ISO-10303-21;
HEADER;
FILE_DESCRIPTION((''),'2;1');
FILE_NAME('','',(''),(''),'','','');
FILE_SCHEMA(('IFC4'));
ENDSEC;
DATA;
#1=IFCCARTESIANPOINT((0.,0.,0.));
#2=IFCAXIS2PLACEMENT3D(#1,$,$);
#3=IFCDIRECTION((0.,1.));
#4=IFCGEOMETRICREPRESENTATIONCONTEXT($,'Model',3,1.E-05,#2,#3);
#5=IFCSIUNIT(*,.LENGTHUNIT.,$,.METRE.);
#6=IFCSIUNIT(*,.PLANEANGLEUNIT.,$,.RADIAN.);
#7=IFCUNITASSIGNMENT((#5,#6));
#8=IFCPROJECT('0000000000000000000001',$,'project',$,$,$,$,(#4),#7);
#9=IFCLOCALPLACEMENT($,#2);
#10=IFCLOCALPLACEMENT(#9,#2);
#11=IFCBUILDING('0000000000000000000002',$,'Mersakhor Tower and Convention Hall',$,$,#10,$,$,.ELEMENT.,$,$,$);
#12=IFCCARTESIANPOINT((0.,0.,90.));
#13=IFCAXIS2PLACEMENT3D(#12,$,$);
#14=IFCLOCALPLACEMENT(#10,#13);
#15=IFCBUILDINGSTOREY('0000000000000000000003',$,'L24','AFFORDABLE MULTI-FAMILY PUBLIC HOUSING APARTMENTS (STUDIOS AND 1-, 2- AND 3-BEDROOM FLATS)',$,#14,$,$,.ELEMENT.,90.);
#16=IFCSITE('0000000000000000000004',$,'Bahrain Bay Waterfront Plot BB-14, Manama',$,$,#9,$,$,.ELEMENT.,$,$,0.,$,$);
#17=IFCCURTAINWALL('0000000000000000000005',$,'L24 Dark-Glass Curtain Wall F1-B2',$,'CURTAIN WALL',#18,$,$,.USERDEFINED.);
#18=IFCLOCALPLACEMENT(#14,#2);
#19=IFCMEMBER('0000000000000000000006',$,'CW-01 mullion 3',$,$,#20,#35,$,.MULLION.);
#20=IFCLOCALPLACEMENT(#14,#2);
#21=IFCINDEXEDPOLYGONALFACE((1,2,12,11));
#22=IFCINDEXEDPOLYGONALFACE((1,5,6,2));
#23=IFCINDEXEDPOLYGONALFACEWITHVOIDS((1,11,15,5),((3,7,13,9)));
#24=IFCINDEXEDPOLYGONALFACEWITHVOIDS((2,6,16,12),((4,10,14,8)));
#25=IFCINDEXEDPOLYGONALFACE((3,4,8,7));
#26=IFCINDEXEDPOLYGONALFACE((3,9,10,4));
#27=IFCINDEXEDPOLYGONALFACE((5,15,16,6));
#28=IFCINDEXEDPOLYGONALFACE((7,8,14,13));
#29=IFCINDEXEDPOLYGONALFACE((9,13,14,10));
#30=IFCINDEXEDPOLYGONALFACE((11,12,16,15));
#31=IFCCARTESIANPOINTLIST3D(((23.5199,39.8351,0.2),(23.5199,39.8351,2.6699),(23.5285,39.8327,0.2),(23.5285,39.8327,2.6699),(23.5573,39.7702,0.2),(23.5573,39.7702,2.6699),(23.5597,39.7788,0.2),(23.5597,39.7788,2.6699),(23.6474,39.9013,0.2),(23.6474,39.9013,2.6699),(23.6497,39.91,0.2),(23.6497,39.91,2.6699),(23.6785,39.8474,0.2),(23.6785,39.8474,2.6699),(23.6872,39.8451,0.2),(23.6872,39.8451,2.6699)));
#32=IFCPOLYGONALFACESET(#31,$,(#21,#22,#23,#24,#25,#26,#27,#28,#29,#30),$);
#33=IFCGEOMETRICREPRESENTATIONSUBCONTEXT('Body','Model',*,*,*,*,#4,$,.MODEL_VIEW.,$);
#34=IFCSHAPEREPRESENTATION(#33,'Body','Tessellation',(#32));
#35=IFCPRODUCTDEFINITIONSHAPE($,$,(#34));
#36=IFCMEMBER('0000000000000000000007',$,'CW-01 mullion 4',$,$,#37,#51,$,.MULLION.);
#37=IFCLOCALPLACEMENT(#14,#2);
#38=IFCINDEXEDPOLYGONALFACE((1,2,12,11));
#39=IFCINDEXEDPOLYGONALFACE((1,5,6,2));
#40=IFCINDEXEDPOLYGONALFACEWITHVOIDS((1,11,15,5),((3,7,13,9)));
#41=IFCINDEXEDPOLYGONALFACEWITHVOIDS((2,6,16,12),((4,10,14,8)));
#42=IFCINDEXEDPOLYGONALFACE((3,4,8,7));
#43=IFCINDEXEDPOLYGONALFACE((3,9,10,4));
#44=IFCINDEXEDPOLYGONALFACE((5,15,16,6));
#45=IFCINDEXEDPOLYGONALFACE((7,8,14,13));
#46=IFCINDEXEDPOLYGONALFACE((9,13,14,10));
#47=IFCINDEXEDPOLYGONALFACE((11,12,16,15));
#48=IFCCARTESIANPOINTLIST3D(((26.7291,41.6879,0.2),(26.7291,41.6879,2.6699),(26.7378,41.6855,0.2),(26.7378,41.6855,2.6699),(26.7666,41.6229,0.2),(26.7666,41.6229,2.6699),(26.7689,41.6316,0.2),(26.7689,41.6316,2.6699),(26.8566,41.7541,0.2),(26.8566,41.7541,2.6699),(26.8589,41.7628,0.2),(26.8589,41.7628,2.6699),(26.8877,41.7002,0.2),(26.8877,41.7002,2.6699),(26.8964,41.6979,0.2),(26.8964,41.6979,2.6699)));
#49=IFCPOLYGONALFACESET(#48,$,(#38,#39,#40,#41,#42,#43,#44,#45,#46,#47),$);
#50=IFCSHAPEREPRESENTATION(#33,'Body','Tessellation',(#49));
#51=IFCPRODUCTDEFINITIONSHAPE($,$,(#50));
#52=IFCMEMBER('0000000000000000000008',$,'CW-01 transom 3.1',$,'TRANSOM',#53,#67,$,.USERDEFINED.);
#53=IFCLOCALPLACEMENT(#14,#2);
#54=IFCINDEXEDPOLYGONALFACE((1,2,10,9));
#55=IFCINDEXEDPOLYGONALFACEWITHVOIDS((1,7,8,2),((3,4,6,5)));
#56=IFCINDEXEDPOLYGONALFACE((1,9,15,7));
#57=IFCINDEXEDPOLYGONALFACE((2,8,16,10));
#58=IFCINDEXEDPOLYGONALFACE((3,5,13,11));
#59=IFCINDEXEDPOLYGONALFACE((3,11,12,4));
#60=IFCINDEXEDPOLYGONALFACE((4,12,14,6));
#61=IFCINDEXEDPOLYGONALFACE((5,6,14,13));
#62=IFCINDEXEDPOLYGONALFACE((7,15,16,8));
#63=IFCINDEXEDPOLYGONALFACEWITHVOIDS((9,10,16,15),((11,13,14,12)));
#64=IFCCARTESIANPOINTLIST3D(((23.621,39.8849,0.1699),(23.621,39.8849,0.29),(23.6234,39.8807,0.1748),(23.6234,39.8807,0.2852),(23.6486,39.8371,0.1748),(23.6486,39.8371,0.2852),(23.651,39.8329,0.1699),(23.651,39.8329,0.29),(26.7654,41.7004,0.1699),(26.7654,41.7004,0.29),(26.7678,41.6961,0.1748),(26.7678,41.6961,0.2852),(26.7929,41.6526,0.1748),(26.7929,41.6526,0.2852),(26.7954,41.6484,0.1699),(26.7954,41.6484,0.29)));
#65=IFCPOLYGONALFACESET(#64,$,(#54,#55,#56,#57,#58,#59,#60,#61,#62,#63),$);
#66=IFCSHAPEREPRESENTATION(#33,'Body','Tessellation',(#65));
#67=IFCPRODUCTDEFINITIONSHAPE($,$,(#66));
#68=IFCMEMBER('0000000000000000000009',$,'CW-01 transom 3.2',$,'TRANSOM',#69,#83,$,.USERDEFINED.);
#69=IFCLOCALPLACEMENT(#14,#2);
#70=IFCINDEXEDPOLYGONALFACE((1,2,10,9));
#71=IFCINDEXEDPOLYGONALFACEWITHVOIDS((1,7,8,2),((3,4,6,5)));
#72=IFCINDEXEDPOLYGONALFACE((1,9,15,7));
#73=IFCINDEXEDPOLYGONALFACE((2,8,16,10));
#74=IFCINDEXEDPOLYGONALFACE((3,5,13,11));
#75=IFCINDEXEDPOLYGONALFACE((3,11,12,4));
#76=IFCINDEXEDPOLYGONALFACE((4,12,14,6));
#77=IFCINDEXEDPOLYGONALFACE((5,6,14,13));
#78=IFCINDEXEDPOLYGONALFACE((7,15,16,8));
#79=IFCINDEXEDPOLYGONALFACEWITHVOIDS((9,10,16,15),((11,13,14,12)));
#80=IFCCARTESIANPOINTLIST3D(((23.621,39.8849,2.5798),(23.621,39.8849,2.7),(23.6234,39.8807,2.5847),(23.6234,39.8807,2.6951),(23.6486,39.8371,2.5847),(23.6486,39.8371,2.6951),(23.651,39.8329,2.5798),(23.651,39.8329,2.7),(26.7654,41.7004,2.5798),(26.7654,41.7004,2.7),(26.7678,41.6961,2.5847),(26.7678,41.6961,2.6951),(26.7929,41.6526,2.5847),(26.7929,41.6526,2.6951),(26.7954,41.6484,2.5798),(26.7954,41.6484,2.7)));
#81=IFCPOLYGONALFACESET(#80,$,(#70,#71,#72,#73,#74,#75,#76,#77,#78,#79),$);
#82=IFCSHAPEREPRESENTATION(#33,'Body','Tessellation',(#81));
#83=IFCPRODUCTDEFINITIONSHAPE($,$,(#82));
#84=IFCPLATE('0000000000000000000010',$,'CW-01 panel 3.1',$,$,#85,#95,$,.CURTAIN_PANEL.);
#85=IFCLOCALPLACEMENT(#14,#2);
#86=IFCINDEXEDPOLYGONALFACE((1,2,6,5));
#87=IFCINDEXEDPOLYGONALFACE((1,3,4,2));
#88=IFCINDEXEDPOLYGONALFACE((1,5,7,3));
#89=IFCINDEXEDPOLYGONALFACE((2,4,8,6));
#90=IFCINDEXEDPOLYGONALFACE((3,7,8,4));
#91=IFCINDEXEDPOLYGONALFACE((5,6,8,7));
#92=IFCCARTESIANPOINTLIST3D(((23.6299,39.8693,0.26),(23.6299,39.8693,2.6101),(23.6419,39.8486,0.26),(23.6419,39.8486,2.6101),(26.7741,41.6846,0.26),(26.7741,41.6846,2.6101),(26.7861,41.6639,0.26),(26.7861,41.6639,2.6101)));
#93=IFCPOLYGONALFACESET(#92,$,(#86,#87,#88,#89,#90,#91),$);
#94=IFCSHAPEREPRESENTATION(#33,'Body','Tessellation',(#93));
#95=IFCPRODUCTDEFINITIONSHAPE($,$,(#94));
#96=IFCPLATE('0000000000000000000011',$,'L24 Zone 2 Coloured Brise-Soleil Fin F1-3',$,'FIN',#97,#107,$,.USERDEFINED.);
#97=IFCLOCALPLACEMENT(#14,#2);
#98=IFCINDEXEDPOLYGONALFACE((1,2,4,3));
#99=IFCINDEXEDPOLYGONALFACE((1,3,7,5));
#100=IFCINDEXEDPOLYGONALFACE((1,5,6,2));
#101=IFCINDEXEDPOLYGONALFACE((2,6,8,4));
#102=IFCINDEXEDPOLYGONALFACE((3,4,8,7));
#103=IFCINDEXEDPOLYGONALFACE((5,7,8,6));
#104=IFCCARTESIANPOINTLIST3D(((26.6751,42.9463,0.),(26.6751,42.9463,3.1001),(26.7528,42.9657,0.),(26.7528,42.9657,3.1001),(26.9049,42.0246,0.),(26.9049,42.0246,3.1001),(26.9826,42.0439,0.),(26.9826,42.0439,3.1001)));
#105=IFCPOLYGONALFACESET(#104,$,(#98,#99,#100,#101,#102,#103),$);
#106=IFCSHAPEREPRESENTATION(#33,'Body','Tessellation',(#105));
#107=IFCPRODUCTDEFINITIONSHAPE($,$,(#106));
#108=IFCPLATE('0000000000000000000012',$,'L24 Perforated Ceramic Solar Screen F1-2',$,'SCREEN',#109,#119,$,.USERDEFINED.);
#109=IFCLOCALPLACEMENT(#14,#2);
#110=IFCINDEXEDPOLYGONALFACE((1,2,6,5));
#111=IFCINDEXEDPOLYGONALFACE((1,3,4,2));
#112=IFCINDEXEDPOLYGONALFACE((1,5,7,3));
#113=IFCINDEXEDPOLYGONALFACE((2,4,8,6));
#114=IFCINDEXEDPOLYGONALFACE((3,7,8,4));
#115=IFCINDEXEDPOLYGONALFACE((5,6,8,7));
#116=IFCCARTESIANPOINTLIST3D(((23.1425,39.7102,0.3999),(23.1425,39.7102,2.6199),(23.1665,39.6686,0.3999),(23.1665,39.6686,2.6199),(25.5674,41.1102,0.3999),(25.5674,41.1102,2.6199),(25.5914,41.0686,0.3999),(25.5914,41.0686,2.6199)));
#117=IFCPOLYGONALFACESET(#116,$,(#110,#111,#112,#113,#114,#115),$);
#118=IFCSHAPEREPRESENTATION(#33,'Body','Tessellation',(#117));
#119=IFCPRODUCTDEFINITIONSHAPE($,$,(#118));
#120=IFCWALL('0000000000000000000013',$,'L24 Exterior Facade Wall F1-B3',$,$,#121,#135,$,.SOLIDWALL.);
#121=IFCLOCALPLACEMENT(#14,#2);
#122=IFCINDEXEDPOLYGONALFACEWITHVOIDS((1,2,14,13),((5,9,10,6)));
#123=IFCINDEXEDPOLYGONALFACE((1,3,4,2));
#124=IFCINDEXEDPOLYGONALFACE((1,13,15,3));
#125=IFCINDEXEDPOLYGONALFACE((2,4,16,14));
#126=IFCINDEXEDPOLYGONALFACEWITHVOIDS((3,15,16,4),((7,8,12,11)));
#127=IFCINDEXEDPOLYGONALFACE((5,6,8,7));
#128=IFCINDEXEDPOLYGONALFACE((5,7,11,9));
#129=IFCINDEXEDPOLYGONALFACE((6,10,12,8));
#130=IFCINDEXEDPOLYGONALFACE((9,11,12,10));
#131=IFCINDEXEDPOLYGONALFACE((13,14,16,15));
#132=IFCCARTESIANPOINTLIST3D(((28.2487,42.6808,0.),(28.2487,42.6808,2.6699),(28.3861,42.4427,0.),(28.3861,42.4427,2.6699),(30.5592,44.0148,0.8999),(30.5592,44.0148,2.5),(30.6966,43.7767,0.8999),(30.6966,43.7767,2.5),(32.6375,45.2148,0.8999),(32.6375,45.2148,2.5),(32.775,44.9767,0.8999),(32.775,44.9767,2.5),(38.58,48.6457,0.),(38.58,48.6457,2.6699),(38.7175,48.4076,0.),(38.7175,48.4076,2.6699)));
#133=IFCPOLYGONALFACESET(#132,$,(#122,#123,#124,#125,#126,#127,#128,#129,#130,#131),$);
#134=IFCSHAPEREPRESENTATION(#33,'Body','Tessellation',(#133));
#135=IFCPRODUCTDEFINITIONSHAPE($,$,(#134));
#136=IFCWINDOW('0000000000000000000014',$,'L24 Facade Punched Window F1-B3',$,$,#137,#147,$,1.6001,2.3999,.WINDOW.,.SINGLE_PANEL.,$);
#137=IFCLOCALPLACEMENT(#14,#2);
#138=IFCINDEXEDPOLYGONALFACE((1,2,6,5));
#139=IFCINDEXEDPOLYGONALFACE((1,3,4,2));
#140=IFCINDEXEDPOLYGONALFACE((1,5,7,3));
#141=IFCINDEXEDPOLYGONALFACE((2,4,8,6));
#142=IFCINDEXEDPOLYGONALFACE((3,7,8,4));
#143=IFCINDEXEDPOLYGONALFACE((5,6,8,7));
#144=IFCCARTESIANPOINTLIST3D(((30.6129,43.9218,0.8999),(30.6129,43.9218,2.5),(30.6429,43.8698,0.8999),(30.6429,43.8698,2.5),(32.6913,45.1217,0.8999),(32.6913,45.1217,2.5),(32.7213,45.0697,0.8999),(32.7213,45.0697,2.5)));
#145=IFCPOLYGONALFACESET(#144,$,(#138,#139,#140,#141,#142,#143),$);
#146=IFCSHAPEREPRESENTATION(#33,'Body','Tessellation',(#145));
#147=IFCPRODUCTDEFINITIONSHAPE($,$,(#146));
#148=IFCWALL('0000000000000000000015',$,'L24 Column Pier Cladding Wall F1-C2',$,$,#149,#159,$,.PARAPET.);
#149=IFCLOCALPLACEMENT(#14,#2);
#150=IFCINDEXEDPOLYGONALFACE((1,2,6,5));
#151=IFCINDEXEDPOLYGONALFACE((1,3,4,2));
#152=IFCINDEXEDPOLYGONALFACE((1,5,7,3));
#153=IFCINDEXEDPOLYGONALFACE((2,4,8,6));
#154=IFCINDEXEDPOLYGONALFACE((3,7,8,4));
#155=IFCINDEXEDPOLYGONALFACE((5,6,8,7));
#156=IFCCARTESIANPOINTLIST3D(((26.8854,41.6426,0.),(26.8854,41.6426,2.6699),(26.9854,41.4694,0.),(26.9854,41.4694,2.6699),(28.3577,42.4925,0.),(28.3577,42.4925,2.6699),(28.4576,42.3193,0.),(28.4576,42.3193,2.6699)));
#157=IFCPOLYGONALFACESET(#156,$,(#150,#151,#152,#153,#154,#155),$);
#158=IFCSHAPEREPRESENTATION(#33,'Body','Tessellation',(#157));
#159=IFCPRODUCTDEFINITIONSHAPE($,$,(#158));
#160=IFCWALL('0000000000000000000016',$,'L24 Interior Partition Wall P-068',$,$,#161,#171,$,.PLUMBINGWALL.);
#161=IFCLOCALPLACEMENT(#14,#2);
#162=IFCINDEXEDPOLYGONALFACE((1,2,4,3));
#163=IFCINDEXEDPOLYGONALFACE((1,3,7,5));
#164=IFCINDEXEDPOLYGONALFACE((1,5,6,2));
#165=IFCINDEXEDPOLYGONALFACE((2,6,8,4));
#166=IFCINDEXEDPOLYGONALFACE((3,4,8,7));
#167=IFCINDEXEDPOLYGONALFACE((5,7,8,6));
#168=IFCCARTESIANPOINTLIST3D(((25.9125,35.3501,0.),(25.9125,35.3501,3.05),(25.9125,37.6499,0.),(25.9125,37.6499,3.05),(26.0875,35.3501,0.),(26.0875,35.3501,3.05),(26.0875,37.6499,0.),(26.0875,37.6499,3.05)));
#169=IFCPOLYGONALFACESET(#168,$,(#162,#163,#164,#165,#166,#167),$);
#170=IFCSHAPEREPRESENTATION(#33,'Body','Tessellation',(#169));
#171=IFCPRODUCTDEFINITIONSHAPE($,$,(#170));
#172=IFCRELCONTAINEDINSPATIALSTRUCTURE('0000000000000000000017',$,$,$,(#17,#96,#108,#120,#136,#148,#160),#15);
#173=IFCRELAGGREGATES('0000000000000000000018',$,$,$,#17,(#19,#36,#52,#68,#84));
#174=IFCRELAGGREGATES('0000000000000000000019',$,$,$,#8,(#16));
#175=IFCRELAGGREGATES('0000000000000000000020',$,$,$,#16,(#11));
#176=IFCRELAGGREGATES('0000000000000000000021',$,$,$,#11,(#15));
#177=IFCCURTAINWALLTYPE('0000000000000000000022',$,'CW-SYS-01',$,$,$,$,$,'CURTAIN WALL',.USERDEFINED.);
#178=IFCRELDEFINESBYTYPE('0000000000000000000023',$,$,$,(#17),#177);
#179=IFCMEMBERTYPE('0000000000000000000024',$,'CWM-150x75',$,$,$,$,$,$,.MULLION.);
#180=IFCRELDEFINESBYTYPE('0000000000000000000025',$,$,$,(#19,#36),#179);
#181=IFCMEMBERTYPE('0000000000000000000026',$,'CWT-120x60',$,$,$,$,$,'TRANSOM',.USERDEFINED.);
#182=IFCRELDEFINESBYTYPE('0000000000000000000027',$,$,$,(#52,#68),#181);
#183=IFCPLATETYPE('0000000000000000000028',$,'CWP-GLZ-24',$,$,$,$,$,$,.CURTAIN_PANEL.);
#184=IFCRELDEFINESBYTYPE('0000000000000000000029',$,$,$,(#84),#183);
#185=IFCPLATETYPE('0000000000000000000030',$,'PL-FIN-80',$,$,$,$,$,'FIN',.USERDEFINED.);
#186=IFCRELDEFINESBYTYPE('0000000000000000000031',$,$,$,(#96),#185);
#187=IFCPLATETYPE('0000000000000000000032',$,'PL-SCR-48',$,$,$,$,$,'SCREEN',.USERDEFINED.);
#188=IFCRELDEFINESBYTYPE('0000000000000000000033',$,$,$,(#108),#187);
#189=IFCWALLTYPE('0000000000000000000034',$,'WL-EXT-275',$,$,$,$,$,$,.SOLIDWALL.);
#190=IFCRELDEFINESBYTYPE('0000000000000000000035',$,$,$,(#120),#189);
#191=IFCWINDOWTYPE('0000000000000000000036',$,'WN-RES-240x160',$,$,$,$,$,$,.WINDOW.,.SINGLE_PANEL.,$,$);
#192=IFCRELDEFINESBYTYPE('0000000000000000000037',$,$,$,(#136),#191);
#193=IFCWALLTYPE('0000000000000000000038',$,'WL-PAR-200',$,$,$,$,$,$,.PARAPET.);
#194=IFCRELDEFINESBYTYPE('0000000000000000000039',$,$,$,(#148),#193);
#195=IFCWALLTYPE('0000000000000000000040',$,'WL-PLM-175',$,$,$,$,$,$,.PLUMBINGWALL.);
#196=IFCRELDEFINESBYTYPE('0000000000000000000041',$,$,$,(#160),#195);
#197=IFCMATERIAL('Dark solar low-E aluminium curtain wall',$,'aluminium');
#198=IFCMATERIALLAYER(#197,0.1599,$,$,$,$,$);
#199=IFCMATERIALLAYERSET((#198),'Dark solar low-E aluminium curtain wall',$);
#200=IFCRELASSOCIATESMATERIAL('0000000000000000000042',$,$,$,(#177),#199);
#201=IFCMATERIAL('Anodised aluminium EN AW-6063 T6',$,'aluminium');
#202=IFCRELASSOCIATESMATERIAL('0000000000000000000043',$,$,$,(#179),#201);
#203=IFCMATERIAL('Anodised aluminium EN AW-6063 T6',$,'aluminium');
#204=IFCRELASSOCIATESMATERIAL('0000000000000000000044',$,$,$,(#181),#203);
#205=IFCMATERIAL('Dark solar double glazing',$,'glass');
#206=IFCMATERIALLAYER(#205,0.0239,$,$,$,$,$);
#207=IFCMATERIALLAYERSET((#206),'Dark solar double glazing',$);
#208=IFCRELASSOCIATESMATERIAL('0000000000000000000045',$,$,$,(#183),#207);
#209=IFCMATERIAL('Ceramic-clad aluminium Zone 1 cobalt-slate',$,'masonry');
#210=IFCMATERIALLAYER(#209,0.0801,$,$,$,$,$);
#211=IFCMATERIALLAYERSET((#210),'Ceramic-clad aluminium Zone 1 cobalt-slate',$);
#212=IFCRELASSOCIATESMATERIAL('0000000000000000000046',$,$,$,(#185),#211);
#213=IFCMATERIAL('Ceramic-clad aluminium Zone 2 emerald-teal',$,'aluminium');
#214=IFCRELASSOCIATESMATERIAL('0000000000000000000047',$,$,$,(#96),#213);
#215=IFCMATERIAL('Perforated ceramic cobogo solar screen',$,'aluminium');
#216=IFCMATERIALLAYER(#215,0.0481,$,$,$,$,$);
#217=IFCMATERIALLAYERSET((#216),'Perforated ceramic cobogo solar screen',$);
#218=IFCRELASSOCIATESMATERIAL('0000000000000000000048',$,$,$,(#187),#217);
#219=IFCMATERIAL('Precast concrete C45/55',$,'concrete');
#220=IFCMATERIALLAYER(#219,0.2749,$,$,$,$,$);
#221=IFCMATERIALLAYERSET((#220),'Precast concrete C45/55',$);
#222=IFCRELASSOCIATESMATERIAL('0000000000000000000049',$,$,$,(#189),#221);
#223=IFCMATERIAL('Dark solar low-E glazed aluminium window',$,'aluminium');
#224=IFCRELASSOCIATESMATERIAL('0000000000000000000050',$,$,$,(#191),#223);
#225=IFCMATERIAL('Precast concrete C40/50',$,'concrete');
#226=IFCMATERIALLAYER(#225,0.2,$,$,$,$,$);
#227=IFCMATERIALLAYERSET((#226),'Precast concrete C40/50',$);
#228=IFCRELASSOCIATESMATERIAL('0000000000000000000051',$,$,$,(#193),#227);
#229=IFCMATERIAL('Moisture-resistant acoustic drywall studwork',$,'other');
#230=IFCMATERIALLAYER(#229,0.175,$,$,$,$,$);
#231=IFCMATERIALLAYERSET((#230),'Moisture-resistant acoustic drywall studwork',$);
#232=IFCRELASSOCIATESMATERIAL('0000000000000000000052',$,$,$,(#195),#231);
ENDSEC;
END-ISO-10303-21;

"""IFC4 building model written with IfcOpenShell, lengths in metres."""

from ifc_helpers import new_model, si_unit, direction, frame, frame_2d, origin, origin_2d, place, context, subcontext, project, spatial, rectangle, hollow_rectangle, extrude, material, layer, layer_set, material_profile, profile_set, type_object, element, fill, aggregate, save


model = new_model("IFC4")

# Units and contexts
model_context = context("Model", 3, precision=1e-05, world=origin(), true_north=direction((0.0, 1.0)))
body_context = subcontext(model_context, "Body", "Model", "MODEL_VIEW")
ifc_project = project(units=[si_unit("LENGTHUNIT", "METRE"), si_unit("PLANEANGLEUNIT", "RADIAN")], contexts=[model_context])

# Site, building, storey
site_placement = place(None, origin())
site = spatial("IfcSite", under=ifc_project, at=site_placement, Name="Bahrain Bay Waterfront Plot BB-14, Manama", CompositionType="ELEMENT", RefElevation=0.0)
building_placement = place(site_placement, origin())
building = spatial("IfcBuilding", under=site, at=building_placement, Name="Mersakhor Tower and Convention Hall", CompositionType="ELEMENT")
storey_placement = place(building_placement, frame((0.0, 0.0, 90.0)))
storey = spatial("IfcBuildingStorey", under=building, at=storey_placement, Name="L24", Description="AFFORDABLE MULTI-FAMILY PUBLIC HOUSING APARTMENTS (STUDIOS AND 1-, 2- AND 3-BEDROOM FLATS)", CompositionType="ELEMENT", Elevation=90.0)

# Curtain wall, members, plate
ifc_material_1 = material(Name="Dark solar low-E aluminium curtain wall", Category="aluminium")
ifc_layer_1 = layer(ifc_material_1, 0.1599)
ifc_layer_set_1 = layer_set([ifc_layer_1], Name="Dark solar low-E aluminium curtain wall")
curtain_wall_type = type_object("IfcCurtainWallType", Name="CW-SYS-01", ElementType="CURTAIN WALL", PredefinedType="USERDEFINED", material=ifc_layer_set_1)
curtain_wall_placement = place(storey_placement, origin())
curtain_wall = element("IfcCurtainWall", 1, at=curtain_wall_placement, inside=storey, type_object=curtain_wall_type, Name="L24 Dark-Glass Curtain Wall F1-B2", ObjectType="CURTAIN WALL", PredefinedType="USERDEFINED")
ifc_material_2 = material(Name="Anodised aluminium EN AW-6063 T6", Category="aluminium")
ifc_material_profile_1 = material_profile(ifc_material_2, hollow_rectangle(XDim=0.075, YDim=0.1499, WallThickness=0.0063, at=origin_2d()), Name="RHS 150x75x6.3")
ifc_profile_set_1 = profile_set([ifc_material_profile_1], Name="Anodised aluminium EN AW-6063 T6")
member_type_1 = type_object("IfcMemberType", Name="CWM-150x75", PredefinedType="MULLION", material=ifc_profile_set_1)
member_1_placement = place(storey_placement, frame((23.6035, 39.8401, 0.2), z_axis=(0.0, 0.0, 1.0), x_axis=(-0.499998, 0.866027, 0.0)))
member_1 = element("IfcMember", 2, at=member_1_placement, type_object=member_type_1, Name="CW-01 mullion 3", PredefinedType="MULLION", context=body_context, shape_type="SweptSolid", body=[
    extrude(hollow_rectangle(XDim=0.075, YDim=0.1499, WallThickness=0.0063, at=origin_2d()), origin(), (0.0, 0.0, 1.0), 2.47),
])
member_2_placement = place(storey_placement, frame((26.8127, 41.6929, 0.2), z_axis=(0.0, 0.0, 1.0), x_axis=(-0.499998, 0.866027, 0.0)))
member_2 = element("IfcMember", 3, at=member_2_placement, type_object=member_type_1, Name="CW-01 mullion 4", PredefinedType="MULLION", context=body_context, shape_type="SweptSolid", body=[
    extrude(hollow_rectangle(XDim=0.075, YDim=0.1499, WallThickness=0.0063, at=origin_2d()), origin(), (0.0, 0.0, 1.0), 2.47),
])
ifc_material_3 = material(Name="Anodised aluminium EN AW-6063 T6", Category="aluminium")
ifc_material_profile_2 = material_profile(ifc_material_3, hollow_rectangle(XDim=0.0601, YDim=0.1201, WallThickness=0.0049, at=origin_2d()), Name="RHS 120x60x5")
ifc_profile_set_2 = profile_set([ifc_material_profile_2], Name="Anodised aluminium EN AW-6063 T6")
member_type_2 = type_object("IfcMemberType", Name="CWT-120x60", ElementType="TRANSOM", PredefinedType="USERDEFINED", material=ifc_profile_set_2)
member_3_placement = place(storey_placement, frame((23.636, 39.8589, 0.23), z_axis=(0.866016, 0.500015, 0.0), x_axis=(-0.500015, 0.866016, 0.0)))
member_3 = element("IfcMember", 4, at=member_3_placement, type_object=member_type_2, Name="CW-01 transom 3.1", ObjectType="TRANSOM", PredefinedType="USERDEFINED", context=body_context, shape_type="SweptSolid", body=[
    extrude(hollow_rectangle(XDim=0.0601, YDim=0.1201, WallThickness=0.0049, at=origin_2d()), origin(), (0.0, 0.0, 1.0), 3.6309),
])
member_4_placement = place(storey_placement, frame((23.636, 39.8589, 2.6399), z_axis=(0.866016, 0.500015, 0.0), x_axis=(-0.500015, 0.866016, 0.0)))
member_4 = element("IfcMember", 5, at=member_4_placement, type_object=member_type_2, Name="CW-01 transom 3.2", ObjectType="TRANSOM", PredefinedType="USERDEFINED", context=body_context, shape_type="SweptSolid", body=[
    extrude(hollow_rectangle(XDim=0.0601, YDim=0.1201, WallThickness=0.0049, at=origin_2d()), origin(), (0.0, 0.0, 1.0), 3.6309),
])
ifc_material_4 = material(Name="Dark solar double glazing", Category="glass")
ifc_layer_2 = layer(ifc_material_4, 0.0239)
ifc_layer_set_2 = layer_set([ifc_layer_2], Name="Dark solar double glazing")
plate_type_1 = type_object("IfcPlateType", Name="CWP-GLZ-24", PredefinedType="CURTAIN_PANEL", material=ifc_layer_set_2)
plate_1_placement = place(storey_placement, frame((25.208, 40.7666, 0.26), z_axis=(0.0, 0.0, 1.0), x_axis=(0.866027, 0.499998, 0.0)))
plate_1 = element("IfcPlate", 6, at=plate_1_placement, type_object=plate_type_1, Name="CW-01 panel 3.1", PredefinedType="CURTAIN_PANEL", context=body_context, shape_type="SweptSolid", body=[
    extrude(rectangle(XDim=3.6306, YDim=0.0239, at=origin_2d()), origin(), (0.0, 0.0, 1.0), 2.3501),
])
aggregate(curtain_wall, [member_1, member_2, member_3, member_4, plate_1])

# Plates
ifc_material_5 = material(Name="Ceramic-clad aluminium Zone 2 emerald-teal", Category="aluminium")
ifc_material_6 = material(Name="Ceramic-clad aluminium Zone 1 cobalt-slate", Category="masonry")
ifc_layer_3 = layer(ifc_material_6, 0.0801)
ifc_layer_set_3 = layer_set([ifc_layer_3], Name="Ceramic-clad aluminium Zone 1 cobalt-slate")
plate_type_2 = type_object("IfcPlateType", Name="PL-FIN-80", ElementType="FIN", PredefinedType="USERDEFINED", material=ifc_layer_set_3)
plate_2_placement = place(storey_placement, frame((26.8289, 42.4951, 0.0), z_axis=(0.0, 0.0, 1.0), x_axis=(-0.241922, 0.970296, 0.0)))
element("IfcPlate", 7, at=plate_2_placement, inside=storey, type_object=plate_type_2, material=ifc_material_5, Name="L24 Zone 2 Coloured Brise-Soleil Fin F1-3", ObjectType="FIN", PredefinedType="USERDEFINED", context=body_context, shape_type="SweptSolid", body=[
    extrude(rectangle(XDim=0.95, YDim=0.0801, at=origin_2d()), origin(), (0.0, 0.0, 1.0), 3.1001),
])
ifc_material_7 = material(Name="Perforated ceramic cobogo solar screen", Category="aluminium")
ifc_layer_4 = layer(ifc_material_7, 0.0481)
ifc_layer_set_4 = layer_set([ifc_layer_4], Name="Perforated ceramic cobogo solar screen")
plate_type_3 = type_object("IfcPlateType", Name="PL-SCR-48", ElementType="SCREEN", PredefinedType="USERDEFINED", material=ifc_layer_set_4)
plate_3_placement = place(storey_placement, frame((24.3669, 40.3894, 0.3999), z_axis=(0.0, 0.0, 1.0), x_axis=(0.866025, 0.5, 0.0)))
element("IfcPlate", 8, at=plate_3_placement, inside=storey, type_object=plate_type_3, Name="L24 Perforated Ceramic Solar Screen F1-2", ObjectType="SCREEN", PredefinedType="USERDEFINED", context=body_context, shape_type="SweptSolid", body=[
    extrude(rectangle(XDim=2.8, YDim=0.0481, at=origin_2d()), origin(), (0.0, 0.0, 1.0), 2.22),
])

# Wall, opening, window
ifc_material_8 = material(Name="Precast concrete C45/55", Category="concrete")
ifc_layer_5 = layer(ifc_material_8, 0.2749)
ifc_layer_set_5 = layer_set([ifc_layer_5], Name="Precast concrete C45/55")
wall_type_1 = type_object("IfcWallType", Name="WL-EXT-275", PredefinedType="SOLIDWALL", material=ifc_layer_set_5)
wall_1_placement = place(storey_placement, frame((28.3174, 42.5618, 0.0), z_axis=(0.0, 0.0, 1.0), x_axis=(0.866023, 0.500004, 0.0)))
wall_1 = element("IfcWall", 9, at=wall_1_placement, inside=storey, type_object=wall_type_1, Name="L24 Exterior Facade Wall F1-B3", PredefinedType="SOLIDWALL", context=body_context, shape_type="SweptSolid", body=[
    extrude(rectangle(XDim=11.9297, YDim=0.2749, at=frame_2d((5.9648, 0.0))), origin(), (0.0, 0.0, 1.0), 2.6699),
])
opening_1_placement = place(wall_1_placement, frame((2.668, 0.0, 0.8999)))
opening_1 = element("IfcOpeningElement", 10, at=opening_1_placement, cuts=wall_1, PredefinedType="OPENING", context=body_context, shape_type="SweptSolid", body=[
    extrude(rectangle(XDim=2.3999, YDim=1.6001, at=frame_2d((1.2, 0.8))), frame((0.0, 0.1475, 0.0), z_axis=(0.0, -1.0, 0.0), x_axis=(1.0, 0.0, 0.0)), (0.0, 0.0, 1.0), 0.2949),
])
ifc_material_9 = material(Name="Dark solar low-E glazed aluminium window", Category="aluminium")
window_type = type_object("IfcWindowType", Name="WN-RES-240x160", PartitioningType="SINGLE_PANEL", PredefinedType="WINDOW", material=ifc_material_9)
window_placement = place(opening_1_placement, origin())
window = element("IfcWindow", 11, at=window_placement, inside=storey, type_object=window_type, Name="L24 Facade Punched Window F1-B3", OverallHeight=1.6001, OverallWidth=2.3999, PartitioningType="SINGLE_PANEL", PredefinedType="WINDOW", context=body_context, shape_type="SweptSolid", body=[
    extrude(rectangle(XDim=2.3999, YDim=1.6001, at=frame_2d((1.2, 0.8))), frame((0.0, 0.03, 0.0), z_axis=(0.0, -1.0, 0.0), x_axis=(1.0, 0.0, 0.0)), (0.0, 0.0, 1.0), 0.0601),
])
fill(opening_1, window)

# Walls
ifc_material_10 = material(Name="Precast concrete C40/50", Category="concrete")
ifc_layer_6 = layer(ifc_material_10, 0.2)
ifc_layer_set_6 = layer_set([ifc_layer_6], Name="Precast concrete C40/50")
wall_type_2 = type_object("IfcWallType", Name="WL-PAR-200", PredefinedType="PARAPET", material=ifc_layer_set_6)
wall_2_placement = place(storey_placement, frame((26.9353, 41.5559, 0.0), z_axis=(0.0, 0.0, 1.0), x_axis=(0.866052, 0.499955, 0.0)))
element("IfcWall", 12, at=wall_2_placement, inside=storey, type_object=wall_type_2, Name="L24 Column Pier Cladding Wall F1-C2", PredefinedType="PARAPET", context=body_context, shape_type="SweptSolid", body=[
    extrude(rectangle(XDim=1.7, YDim=0.2, at=frame_2d((0.8501, 0.0))), origin(), (0.0, 0.0, 1.0), 2.6699),
])
ifc_material_11 = material(Name="Moisture-resistant acoustic drywall studwork", Category="other")
ifc_layer_7 = layer(ifc_material_11, 0.175)
ifc_layer_set_7 = layer_set([ifc_layer_7], Name="Moisture-resistant acoustic drywall studwork")
wall_type_3 = type_object("IfcWallType", Name="WL-PLM-175", PredefinedType="PLUMBINGWALL", material=ifc_layer_set_7)
wall_3_placement = place(storey_placement, frame((26.0, 35.3501, 0.0), z_axis=(0.0, 0.0, 1.0), x_axis=(0.0, 1.0, 0.0)))
element("IfcWall", 13, at=wall_3_placement, inside=storey, type_object=wall_type_3, Name="L24 Interior Partition Wall P-068", PredefinedType="PLUMBINGWALL", context=body_context, shape_type="SweptSolid", body=[
    extrude(rectangle(XDim=2.2998, YDim=0.175, at=frame_2d((1.1499, 0.0))), origin(), (0.0, 0.0, 1.0), 3.05),
])

save(model, "model.ifc")
